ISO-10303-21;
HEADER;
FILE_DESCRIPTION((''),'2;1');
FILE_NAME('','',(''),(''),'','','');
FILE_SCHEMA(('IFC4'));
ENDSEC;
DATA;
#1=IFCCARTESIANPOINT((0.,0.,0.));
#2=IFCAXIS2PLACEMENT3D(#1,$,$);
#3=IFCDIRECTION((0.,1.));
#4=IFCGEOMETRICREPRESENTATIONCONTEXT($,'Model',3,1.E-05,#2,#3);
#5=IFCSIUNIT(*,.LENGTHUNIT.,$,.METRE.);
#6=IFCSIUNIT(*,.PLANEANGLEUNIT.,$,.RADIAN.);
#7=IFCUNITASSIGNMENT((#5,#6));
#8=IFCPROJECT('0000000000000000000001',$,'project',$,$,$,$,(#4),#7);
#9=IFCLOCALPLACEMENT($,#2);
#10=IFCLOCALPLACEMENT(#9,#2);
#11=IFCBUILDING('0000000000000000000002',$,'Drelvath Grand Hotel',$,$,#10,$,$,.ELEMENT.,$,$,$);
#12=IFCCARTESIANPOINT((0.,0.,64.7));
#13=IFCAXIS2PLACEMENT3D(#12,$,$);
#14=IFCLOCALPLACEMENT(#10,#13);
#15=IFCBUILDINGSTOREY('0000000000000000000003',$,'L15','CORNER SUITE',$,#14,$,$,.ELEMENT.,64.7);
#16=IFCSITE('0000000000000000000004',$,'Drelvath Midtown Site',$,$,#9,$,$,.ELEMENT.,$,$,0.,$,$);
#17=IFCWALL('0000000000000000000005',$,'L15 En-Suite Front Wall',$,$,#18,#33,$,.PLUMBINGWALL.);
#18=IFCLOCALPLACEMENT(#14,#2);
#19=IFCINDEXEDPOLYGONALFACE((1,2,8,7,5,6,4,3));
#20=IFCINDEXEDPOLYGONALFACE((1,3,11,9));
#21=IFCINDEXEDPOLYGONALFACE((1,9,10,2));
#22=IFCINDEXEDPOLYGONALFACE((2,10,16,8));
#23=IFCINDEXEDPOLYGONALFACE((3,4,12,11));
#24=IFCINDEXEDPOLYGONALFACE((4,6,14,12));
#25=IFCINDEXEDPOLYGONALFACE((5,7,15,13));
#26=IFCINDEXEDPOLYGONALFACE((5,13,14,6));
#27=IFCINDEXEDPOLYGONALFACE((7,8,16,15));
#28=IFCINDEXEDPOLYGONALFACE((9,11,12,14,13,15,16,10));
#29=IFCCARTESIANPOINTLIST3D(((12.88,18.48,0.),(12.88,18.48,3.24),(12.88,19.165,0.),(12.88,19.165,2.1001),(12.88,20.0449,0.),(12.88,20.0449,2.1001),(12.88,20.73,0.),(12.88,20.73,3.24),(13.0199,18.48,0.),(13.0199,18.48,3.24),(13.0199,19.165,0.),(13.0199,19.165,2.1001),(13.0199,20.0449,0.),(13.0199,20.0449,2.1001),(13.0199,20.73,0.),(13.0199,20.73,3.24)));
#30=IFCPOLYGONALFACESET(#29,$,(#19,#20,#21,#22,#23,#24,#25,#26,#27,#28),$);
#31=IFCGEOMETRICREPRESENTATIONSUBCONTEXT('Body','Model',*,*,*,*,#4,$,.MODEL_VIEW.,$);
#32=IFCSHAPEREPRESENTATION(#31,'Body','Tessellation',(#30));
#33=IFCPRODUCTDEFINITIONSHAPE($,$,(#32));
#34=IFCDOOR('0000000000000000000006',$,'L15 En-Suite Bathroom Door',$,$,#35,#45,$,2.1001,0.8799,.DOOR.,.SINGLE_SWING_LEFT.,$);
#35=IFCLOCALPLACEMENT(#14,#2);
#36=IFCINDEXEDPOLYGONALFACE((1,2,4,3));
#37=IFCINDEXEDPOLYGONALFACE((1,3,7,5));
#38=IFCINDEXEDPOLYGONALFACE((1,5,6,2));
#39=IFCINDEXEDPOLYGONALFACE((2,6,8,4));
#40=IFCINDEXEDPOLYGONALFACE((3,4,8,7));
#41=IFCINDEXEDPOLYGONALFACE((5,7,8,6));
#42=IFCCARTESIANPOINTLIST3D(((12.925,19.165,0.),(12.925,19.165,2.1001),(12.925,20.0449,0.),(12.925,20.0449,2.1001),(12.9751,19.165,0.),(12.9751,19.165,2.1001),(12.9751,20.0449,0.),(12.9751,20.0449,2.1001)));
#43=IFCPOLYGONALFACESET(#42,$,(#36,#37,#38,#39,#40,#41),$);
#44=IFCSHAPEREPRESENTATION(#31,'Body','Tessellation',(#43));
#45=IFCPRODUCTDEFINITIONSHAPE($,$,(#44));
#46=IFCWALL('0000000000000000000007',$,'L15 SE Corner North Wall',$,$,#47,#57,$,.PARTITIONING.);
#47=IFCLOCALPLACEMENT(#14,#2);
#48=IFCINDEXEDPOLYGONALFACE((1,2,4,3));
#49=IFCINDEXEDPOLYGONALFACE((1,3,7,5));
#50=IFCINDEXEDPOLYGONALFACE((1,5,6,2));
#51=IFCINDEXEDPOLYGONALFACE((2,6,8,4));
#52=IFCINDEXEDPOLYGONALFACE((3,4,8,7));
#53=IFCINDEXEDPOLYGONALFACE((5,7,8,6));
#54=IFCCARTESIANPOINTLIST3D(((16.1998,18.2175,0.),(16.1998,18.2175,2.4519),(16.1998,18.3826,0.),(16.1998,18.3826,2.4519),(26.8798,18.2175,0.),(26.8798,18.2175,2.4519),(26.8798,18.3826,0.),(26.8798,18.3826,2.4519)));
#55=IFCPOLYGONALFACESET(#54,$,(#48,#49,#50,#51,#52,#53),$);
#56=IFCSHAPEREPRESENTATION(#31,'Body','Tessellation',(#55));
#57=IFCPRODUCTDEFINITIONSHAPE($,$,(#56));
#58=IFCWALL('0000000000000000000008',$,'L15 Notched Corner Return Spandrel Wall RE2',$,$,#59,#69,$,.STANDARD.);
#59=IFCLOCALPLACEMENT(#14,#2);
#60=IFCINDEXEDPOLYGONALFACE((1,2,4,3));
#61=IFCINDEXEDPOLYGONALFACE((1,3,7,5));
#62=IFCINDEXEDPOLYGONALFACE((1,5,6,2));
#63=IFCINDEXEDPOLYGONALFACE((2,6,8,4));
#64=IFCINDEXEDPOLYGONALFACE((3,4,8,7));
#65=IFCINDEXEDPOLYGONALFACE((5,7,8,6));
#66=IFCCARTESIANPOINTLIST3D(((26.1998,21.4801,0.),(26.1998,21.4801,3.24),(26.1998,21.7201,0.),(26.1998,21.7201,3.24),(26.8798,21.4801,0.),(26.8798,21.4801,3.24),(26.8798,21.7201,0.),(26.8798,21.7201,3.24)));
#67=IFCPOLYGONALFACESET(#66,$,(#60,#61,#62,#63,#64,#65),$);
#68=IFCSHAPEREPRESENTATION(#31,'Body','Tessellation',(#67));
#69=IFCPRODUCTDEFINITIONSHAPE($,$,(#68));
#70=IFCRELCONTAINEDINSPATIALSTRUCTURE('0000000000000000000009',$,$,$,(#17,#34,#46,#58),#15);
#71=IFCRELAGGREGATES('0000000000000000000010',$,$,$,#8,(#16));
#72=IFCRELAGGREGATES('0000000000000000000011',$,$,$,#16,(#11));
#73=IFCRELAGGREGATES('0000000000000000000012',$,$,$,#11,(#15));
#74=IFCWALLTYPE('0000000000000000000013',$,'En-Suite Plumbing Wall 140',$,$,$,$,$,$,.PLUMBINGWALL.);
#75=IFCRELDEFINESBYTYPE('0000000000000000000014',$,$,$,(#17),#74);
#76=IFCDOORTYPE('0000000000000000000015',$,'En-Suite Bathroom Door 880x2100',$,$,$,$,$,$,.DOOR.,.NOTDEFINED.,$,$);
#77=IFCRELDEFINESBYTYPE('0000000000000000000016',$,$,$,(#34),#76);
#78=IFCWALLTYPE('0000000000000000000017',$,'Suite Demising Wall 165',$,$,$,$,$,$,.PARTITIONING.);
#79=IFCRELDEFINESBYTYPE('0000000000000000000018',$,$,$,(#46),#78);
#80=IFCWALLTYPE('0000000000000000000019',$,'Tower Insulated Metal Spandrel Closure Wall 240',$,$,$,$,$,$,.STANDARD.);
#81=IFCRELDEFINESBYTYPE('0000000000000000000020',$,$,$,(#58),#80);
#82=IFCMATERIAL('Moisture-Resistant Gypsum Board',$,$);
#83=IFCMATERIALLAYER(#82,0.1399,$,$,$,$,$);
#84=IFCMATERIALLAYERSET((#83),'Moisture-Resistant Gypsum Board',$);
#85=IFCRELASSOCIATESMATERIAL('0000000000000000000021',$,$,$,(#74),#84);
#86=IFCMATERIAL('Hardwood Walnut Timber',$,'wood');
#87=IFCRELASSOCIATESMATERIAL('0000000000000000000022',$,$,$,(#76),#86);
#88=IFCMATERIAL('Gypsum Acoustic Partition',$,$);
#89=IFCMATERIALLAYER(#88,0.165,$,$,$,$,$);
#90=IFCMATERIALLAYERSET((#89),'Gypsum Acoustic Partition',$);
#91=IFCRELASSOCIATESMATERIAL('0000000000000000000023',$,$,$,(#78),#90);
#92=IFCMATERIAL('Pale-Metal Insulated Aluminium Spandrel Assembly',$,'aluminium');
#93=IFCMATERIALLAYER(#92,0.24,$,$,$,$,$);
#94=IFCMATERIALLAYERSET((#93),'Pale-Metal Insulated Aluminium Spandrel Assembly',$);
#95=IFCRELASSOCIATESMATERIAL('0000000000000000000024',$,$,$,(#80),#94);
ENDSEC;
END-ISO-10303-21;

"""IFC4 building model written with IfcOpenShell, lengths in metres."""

from ifc_helpers import new_model, si_unit, direction, frame, frame_2d, origin, place, context, subcontext, project, spatial, rectangle, extrude, material, layer, layer_set, type_object, element, fill, save


model = new_model("IFC4")

# Units and contexts
model_context = context("Model", 3, precision=1e-05, world=origin(), true_north=direction((0.0, 1.0)))
body_context = subcontext(model_context, "Body", "Model", "MODEL_VIEW")
ifc_project = project(units=[si_unit("LENGTHUNIT", "METRE"), si_unit("PLANEANGLEUNIT", "RADIAN")], contexts=[model_context])

# Site, building, storey
site_placement = place(None, origin())
site = spatial("IfcSite", under=ifc_project, at=site_placement, Name="Drelvath Midtown Site", CompositionType="ELEMENT", RefElevation=0.0)
building_placement = place(site_placement, origin())
building = spatial("IfcBuilding", under=site, at=building_placement, Name="Drelvath Grand Hotel", CompositionType="ELEMENT")
storey_placement = place(building_placement, frame((0.0, 0.0, 64.7)))
storey = spatial("IfcBuildingStorey", under=building, at=storey_placement, Name="L15", Description="CORNER SUITE", CompositionType="ELEMENT", Elevation=64.7)

# Shared definitions
ifc_material_1 = material(Name="Hardwood Walnut Timber", Category="wood")

# Shared definitions
ifc_material_2 = material(Name="Moisture-Resistant Gypsum Board")
ifc_layer_1 = layer(ifc_material_2, 0.1399)
ifc_layer_set_1 = layer_set([ifc_layer_1], Name="Moisture-Resistant Gypsum Board")
wall_type_1 = type_object("IfcWallType", Name="En-Suite Plumbing Wall 140", PredefinedType="PLUMBINGWALL", material=ifc_layer_set_1)

# Wall, opening, door
door_type_1 = type_object("IfcDoorType", Name="En-Suite Bathroom Door 880x2100", OperationType="NOTDEFINED", PredefinedType="DOOR", material=ifc_material_1)
wall_1_placement = place(storey_placement, frame((12.95, 18.48, 0.0), z_axis=(0.0, 0.0, 1.0), x_axis=(0.0, 1.0, 0.0)))
wall_1 = element("IfcWall", 1, at=wall_1_placement, inside=storey, type_object=wall_type_1, Name="L15 En-Suite Front Wall", PredefinedType="PLUMBINGWALL", context=body_context, shape_type="SweptSolid", body=[
    extrude(rectangle(XDim=2.25, YDim=0.1399, at=frame_2d((1.125, 0.0))), origin(), (0.0, 0.0, 1.0), 3.24),
])
opening_1_placement = place(wall_1_placement, frame((0.6851, 0.0, 0.0)))
opening_1 = element("IfcOpeningElement", 2, at=opening_1_placement, cuts=wall_1, PredefinedType="OPENING", context=body_context, shape_type="SweptSolid", body=[
    extrude(rectangle(XDim=0.8799, YDim=2.1001, at=frame_2d((0.4399, 1.05))), frame((0.0, 0.0798, 0.0), z_axis=(0.0, -1.0, 0.0), x_axis=(1.0, 0.0, 0.0)), (0.0, 0.0, 1.0), 0.1599),
])
door_1_placement = place(opening_1_placement, origin())
door_1 = element("IfcDoor", 3, at=door_1_placement, inside=storey, type_object=door_type_1, Name="L15 En-Suite Bathroom Door", OperationType="SINGLE_SWING_LEFT", OverallHeight=2.1001, OverallWidth=0.8799, PredefinedType="DOOR", context=body_context, shape_type="SweptSolid", body=[
    extrude(rectangle(XDim=0.8799, YDim=2.1001, at=frame_2d((0.4399, 1.05))), frame((0.0, 0.0249, 0.0), z_axis=(0.0, -1.0, 0.0), x_axis=(1.0, 0.0, 0.0)), (0.0, 0.0, 1.0), 0.05),
])
fill(opening_1, door_1)

# Walls
ifc_material_3 = material(Name="Gypsum Acoustic Partition")
ifc_layer_2 = layer(ifc_material_3, 0.165)
ifc_layer_set_2 = layer_set([ifc_layer_2], Name="Gypsum Acoustic Partition")
wall_type_2 = type_object("IfcWallType", Name="Suite Demising Wall 165", PredefinedType="PARTITIONING", material=ifc_layer_set_2)
wall_2_placement = place(storey_placement, frame((16.2, 18.3, 0.0), z_axis=(0.0, 0.0, 1.0), x_axis=(1.0, 0.0, 0.0)))
element("IfcWall", 4, at=wall_2_placement, inside=storey, type_object=wall_type_2, Name="L15 SE Corner North Wall", PredefinedType="PARTITIONING", context=body_context, shape_type="SweptSolid", body=[
    extrude(rectangle(XDim=10.6799, YDim=0.165, at=frame_2d((5.3398, 0.0))), origin(), (0.0, 0.0, 1.0), 2.4519),
])
ifc_material_4 = material(Name="Pale-Metal Insulated Aluminium Spandrel Assembly", Category="aluminium")
ifc_layer_3 = layer(ifc_material_4, 0.24)
ifc_layer_set_3 = layer_set([ifc_layer_3], Name="Pale-Metal Insulated Aluminium Spandrel Assembly")
wall_type_3 = type_object("IfcWallType", Name="Tower Insulated Metal Spandrel Closure Wall 240", PredefinedType="STANDARD", material=ifc_layer_set_3)
wall_3_placement = place(storey_placement, frame((26.2, 21.6001, 0.0), z_axis=(0.0, 0.0, 1.0), x_axis=(1.0, 0.0, 0.0)))
element("IfcWall", 5, at=wall_3_placement, inside=storey, type_object=wall_type_3, Name="L15 Notched Corner Return Spandrel Wall RE2", PredefinedType="STANDARD", context=body_context, shape_type="SweptSolid", body=[
    extrude(rectangle(XDim=0.6799, YDim=0.24, at=frame_2d((0.3398, 0.0))), origin(), (0.0, 0.0, 1.0), 3.24),
])

save(model, "model.ifc")
